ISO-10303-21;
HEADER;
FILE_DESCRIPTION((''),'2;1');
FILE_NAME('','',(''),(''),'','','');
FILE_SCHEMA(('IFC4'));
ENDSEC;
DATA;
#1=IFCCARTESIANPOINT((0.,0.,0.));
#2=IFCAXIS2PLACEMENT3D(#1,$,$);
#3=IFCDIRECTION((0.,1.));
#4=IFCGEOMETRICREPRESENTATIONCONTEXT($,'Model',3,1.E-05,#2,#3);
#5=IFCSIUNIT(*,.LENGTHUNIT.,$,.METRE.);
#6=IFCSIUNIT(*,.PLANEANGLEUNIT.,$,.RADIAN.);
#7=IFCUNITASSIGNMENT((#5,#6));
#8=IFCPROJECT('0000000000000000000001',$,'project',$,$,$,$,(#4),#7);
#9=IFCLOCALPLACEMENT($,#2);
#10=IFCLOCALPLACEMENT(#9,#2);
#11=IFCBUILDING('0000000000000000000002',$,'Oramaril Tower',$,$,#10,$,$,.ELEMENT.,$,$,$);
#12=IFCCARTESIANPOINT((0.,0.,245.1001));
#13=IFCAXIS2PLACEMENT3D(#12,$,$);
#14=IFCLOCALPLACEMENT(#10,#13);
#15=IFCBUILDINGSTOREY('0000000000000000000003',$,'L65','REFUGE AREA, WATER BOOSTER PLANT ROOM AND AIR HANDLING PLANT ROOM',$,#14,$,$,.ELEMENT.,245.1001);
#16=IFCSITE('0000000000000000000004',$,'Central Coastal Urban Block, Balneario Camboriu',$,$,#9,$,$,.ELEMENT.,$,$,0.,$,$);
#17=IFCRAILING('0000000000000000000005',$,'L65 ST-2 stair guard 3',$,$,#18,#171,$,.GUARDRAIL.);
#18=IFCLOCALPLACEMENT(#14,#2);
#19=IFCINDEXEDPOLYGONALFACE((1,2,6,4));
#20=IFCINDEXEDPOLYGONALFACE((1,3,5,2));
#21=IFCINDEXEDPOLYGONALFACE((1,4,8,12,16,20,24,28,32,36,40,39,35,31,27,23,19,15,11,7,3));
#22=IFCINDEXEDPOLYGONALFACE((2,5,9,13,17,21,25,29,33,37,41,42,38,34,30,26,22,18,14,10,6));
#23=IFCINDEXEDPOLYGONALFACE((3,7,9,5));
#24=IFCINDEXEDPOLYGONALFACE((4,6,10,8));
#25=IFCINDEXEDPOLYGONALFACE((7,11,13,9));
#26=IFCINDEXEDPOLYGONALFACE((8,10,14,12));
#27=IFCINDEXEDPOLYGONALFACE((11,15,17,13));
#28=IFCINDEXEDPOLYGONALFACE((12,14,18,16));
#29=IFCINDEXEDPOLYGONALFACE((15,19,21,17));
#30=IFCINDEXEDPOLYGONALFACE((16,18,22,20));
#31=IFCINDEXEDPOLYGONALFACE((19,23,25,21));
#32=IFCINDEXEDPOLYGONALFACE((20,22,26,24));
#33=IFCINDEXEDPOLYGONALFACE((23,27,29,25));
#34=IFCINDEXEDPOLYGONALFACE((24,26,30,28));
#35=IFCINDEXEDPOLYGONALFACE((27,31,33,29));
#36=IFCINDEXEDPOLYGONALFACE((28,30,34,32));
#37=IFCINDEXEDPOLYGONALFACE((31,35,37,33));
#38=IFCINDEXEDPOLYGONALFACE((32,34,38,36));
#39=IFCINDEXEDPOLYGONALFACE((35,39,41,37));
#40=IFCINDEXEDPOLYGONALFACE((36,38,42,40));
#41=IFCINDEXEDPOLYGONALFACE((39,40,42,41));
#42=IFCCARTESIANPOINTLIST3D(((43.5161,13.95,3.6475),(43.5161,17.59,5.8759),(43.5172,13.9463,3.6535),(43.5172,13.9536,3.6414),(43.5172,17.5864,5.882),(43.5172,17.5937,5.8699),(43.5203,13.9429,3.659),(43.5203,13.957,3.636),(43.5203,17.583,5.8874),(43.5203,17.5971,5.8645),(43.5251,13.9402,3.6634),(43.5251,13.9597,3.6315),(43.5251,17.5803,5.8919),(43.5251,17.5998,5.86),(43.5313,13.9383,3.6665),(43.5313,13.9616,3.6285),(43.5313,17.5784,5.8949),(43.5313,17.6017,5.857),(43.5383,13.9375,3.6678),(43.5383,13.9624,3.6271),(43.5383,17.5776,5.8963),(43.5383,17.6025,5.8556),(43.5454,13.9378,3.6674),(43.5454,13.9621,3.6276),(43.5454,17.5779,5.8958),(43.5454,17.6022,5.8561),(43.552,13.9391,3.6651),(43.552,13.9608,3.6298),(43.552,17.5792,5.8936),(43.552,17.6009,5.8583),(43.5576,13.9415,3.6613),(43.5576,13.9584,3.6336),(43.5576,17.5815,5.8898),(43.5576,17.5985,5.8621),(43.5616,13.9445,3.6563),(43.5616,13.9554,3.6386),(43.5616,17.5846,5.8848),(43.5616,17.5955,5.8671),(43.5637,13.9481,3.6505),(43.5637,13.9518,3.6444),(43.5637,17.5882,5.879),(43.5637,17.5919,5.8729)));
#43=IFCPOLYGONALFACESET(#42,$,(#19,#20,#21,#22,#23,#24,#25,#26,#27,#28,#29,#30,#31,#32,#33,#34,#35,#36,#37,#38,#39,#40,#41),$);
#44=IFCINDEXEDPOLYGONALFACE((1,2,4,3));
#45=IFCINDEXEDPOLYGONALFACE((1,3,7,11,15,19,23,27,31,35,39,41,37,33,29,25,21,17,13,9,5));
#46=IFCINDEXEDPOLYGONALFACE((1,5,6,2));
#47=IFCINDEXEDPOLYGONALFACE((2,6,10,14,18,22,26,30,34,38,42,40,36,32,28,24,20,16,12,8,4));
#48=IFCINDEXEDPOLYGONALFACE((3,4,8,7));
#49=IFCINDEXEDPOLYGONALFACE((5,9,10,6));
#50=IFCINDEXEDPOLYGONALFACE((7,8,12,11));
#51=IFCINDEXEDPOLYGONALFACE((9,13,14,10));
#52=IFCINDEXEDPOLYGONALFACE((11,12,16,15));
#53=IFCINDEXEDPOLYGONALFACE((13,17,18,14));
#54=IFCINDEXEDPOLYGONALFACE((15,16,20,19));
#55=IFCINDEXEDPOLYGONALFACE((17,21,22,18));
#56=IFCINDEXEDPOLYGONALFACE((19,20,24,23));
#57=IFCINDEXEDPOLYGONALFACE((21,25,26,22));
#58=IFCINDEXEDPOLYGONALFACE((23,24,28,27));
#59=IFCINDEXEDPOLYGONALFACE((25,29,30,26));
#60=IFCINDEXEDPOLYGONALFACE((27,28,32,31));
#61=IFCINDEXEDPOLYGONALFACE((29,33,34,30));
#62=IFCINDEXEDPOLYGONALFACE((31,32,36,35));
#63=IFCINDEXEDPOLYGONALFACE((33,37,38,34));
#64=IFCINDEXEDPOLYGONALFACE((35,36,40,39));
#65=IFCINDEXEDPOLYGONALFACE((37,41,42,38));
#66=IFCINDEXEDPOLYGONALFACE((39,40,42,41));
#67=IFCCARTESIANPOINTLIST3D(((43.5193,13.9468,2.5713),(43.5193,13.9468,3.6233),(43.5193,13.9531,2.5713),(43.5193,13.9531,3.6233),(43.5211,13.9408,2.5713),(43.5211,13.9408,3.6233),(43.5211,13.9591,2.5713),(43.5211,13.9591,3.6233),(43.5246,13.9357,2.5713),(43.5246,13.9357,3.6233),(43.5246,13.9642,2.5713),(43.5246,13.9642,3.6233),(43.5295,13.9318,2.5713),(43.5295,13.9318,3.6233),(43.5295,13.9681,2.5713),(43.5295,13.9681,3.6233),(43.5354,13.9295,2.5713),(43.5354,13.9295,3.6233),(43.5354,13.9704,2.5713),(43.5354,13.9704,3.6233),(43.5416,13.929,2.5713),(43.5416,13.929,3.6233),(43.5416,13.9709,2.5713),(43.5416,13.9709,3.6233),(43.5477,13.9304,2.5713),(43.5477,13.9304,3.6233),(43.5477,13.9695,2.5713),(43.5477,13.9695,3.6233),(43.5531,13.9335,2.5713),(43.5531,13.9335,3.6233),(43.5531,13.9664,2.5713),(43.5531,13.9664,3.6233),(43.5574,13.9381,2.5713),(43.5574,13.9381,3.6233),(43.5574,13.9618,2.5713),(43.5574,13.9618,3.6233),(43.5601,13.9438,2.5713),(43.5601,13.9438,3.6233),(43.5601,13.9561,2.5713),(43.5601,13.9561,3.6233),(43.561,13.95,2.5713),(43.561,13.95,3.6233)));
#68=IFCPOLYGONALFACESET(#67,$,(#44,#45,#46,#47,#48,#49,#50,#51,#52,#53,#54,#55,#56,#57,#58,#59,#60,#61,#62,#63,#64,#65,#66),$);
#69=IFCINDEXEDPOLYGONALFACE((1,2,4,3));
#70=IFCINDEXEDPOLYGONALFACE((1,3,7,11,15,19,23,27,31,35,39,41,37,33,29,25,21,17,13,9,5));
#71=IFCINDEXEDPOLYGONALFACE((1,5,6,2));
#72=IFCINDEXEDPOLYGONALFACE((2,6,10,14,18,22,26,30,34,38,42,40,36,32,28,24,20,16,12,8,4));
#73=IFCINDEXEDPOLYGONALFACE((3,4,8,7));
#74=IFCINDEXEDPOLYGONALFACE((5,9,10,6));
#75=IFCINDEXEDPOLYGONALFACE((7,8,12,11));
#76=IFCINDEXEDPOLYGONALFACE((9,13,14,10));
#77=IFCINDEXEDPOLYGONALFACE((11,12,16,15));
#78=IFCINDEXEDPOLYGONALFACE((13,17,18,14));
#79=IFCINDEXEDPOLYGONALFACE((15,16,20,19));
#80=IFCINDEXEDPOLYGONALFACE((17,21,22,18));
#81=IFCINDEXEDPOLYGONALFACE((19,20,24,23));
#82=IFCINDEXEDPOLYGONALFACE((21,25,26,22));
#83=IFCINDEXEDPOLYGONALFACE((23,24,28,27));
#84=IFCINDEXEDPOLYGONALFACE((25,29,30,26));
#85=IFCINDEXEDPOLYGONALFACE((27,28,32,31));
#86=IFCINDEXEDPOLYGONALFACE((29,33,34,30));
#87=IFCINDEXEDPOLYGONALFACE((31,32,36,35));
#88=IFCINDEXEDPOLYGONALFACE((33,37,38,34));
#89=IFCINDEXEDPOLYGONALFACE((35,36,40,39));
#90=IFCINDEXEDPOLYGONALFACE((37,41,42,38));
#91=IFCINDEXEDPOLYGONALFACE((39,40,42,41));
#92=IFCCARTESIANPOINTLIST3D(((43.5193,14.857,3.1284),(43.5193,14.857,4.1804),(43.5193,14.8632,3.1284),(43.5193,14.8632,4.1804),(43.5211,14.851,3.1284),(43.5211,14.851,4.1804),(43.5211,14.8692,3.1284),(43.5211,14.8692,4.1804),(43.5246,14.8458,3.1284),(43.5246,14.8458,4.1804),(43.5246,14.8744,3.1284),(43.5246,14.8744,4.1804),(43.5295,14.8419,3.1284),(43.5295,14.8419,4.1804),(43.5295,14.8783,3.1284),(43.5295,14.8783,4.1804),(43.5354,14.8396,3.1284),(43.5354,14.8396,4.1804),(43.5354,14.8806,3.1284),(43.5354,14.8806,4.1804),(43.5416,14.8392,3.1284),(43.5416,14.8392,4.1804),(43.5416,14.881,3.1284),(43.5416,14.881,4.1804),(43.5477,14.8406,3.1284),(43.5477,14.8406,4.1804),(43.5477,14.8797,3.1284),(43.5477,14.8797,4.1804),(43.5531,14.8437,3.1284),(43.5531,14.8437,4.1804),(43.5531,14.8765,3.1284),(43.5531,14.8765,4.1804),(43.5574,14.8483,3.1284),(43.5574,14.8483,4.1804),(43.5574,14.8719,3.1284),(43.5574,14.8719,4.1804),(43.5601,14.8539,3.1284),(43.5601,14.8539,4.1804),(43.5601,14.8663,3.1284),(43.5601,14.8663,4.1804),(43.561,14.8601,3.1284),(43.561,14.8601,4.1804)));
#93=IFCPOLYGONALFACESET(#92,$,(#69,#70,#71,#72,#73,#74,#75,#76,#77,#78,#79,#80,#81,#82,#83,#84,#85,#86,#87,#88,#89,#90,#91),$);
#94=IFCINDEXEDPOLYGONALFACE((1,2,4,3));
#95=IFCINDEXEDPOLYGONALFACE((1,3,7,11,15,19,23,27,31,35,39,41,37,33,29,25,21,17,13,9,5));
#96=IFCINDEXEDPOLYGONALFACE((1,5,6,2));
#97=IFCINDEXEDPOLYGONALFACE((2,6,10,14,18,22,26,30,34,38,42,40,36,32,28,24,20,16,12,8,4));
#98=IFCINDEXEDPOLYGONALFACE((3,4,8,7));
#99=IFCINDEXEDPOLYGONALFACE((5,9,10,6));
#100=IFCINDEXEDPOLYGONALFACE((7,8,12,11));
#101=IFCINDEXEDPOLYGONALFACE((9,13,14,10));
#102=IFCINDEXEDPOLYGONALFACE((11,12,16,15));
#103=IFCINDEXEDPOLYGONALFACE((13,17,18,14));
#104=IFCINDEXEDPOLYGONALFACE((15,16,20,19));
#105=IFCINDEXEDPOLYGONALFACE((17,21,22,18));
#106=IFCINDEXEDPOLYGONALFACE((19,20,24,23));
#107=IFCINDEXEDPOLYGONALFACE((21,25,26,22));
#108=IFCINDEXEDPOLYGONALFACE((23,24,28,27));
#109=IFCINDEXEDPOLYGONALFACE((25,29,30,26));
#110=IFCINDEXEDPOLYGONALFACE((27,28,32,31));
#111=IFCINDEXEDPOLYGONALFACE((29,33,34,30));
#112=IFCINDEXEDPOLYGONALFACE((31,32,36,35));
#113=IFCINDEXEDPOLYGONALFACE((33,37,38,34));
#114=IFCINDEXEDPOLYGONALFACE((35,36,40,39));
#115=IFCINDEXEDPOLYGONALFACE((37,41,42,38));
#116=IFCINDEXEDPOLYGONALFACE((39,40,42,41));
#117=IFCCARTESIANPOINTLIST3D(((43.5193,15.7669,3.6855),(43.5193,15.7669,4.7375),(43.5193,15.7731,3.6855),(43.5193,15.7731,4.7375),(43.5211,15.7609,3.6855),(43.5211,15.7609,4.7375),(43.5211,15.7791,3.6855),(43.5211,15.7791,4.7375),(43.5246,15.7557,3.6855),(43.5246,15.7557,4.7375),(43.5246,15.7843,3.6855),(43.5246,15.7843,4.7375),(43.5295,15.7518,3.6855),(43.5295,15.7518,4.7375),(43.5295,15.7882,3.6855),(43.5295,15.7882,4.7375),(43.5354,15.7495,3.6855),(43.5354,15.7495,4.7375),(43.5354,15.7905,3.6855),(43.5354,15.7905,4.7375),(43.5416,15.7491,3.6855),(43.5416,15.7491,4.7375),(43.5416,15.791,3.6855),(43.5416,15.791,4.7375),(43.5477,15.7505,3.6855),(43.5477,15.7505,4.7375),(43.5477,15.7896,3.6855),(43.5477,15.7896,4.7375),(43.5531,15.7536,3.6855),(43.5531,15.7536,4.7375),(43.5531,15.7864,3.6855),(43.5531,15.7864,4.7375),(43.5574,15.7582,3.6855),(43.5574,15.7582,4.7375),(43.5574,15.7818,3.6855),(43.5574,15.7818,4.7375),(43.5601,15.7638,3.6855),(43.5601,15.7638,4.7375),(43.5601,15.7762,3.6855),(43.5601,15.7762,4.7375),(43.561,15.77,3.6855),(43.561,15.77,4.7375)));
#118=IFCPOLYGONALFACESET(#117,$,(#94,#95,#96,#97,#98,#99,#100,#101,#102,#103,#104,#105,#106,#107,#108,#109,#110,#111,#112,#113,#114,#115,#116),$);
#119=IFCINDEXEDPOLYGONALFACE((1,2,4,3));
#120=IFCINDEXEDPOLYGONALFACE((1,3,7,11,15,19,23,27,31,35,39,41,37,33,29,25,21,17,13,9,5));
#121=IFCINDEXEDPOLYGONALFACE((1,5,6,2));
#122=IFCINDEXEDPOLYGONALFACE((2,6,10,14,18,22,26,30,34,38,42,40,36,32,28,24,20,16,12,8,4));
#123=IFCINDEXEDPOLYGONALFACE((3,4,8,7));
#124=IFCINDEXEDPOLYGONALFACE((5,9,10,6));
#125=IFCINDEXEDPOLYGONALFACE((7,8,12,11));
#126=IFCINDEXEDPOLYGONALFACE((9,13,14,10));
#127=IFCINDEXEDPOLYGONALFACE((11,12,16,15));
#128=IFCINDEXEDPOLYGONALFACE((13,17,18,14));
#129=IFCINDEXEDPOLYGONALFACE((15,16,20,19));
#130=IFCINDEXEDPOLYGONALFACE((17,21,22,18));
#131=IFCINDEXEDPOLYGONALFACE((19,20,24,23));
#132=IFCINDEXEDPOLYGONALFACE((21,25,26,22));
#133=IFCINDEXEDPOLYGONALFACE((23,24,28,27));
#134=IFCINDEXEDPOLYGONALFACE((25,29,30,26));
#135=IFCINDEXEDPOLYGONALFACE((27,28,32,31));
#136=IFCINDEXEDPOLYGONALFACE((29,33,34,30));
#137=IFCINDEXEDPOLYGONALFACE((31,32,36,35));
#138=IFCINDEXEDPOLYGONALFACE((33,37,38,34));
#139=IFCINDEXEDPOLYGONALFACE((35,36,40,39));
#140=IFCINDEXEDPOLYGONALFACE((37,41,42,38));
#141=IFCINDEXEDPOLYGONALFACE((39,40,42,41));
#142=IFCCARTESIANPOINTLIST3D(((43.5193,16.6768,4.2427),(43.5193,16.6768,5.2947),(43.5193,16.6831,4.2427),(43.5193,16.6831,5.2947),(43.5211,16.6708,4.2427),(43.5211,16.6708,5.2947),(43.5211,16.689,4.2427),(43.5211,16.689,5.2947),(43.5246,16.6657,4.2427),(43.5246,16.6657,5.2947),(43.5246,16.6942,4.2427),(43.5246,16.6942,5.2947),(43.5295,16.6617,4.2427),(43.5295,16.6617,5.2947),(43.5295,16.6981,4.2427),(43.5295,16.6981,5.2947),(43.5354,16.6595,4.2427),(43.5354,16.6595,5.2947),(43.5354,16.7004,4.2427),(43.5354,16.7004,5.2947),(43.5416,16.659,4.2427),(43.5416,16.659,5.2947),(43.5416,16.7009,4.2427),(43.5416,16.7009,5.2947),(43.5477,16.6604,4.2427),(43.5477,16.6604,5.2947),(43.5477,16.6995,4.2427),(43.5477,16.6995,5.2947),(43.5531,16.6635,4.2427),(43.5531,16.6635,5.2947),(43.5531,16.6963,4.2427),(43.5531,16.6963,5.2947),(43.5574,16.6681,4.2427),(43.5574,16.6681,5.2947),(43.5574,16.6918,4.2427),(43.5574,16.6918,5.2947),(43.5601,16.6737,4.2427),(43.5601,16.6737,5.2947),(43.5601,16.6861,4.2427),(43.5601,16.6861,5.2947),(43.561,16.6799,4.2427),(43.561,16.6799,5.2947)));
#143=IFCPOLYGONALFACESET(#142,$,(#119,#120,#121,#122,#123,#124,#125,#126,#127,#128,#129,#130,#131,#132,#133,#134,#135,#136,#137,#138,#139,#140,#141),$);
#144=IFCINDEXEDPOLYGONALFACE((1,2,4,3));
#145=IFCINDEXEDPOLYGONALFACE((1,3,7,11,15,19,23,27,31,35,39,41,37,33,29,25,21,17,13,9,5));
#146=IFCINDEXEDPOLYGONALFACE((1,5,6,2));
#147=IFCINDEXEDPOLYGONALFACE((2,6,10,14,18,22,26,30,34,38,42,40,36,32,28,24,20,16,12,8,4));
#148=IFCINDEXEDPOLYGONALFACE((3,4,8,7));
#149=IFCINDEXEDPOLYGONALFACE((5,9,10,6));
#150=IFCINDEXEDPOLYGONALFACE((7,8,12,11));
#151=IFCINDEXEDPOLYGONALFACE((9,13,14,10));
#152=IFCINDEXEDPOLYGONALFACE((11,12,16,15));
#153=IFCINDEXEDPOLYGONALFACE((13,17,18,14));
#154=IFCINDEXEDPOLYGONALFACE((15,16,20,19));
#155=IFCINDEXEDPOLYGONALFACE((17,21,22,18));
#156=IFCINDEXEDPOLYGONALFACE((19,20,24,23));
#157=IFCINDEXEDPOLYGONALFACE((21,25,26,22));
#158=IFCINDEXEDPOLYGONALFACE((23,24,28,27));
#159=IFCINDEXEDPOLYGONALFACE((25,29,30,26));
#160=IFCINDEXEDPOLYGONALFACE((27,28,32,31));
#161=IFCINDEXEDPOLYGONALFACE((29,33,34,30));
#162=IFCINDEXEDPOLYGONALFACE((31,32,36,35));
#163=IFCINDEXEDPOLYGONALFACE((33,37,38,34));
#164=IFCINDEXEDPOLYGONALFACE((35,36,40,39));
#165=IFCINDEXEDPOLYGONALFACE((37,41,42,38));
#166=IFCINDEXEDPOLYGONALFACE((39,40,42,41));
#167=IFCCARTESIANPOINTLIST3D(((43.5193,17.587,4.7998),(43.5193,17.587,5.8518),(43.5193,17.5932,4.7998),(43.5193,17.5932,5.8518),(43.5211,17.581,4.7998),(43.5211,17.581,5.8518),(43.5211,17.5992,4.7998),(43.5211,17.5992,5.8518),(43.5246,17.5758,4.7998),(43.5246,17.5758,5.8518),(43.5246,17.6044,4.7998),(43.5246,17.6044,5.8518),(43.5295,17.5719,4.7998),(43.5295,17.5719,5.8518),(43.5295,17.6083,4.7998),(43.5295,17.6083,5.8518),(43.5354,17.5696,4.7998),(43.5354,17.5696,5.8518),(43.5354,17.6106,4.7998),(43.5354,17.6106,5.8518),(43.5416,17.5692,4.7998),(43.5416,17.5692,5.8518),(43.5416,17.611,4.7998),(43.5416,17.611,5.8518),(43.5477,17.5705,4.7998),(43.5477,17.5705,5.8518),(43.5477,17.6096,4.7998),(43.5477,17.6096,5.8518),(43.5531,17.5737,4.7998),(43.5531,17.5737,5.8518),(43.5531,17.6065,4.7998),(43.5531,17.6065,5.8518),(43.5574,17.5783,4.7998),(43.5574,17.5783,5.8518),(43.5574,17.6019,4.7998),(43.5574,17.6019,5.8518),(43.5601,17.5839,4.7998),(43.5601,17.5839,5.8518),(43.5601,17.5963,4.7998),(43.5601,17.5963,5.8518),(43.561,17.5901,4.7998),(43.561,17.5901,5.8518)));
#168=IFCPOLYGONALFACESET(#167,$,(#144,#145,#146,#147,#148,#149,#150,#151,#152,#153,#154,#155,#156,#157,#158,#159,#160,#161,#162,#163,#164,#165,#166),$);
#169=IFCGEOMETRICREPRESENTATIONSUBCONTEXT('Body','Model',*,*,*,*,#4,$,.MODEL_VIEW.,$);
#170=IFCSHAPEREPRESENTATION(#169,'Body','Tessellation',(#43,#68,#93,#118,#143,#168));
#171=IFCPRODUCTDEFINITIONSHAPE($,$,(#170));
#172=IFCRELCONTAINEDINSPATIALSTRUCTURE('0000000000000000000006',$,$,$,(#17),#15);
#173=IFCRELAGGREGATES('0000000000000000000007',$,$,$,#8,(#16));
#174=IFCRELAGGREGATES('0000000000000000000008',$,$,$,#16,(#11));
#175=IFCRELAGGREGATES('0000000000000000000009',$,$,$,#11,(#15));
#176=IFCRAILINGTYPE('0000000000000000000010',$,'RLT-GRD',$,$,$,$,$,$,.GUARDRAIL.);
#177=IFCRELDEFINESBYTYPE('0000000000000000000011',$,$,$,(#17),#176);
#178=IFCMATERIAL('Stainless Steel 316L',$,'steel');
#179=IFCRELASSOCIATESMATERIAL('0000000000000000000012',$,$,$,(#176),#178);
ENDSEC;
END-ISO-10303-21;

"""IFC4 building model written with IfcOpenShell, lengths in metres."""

from ifc_helpers import new_model, si_unit, direction, frame, origin, origin_2d, place, context, subcontext, project, spatial, circle, extrude, material, type_object, element, save


model = new_model("IFC4")

# Units and contexts
model_context = context("Model", 3, precision=1e-05, world=origin(), true_north=direction((0.0, 1.0)))
body_context = subcontext(model_context, "Body", "Model", "MODEL_VIEW")
ifc_project = project(units=[si_unit("LENGTHUNIT", "METRE"), si_unit("PLANEANGLEUNIT", "RADIAN")], contexts=[model_context])

# Site, building, storey
site_placement = place(None, origin())
site = spatial("IfcSite", under=ifc_project, at=site_placement, Name="Central Coastal Urban Block, Balneario Camboriu", CompositionType="ELEMENT", RefElevation=0.0)
building_placement = place(site_placement, origin())
building = spatial("IfcBuilding", under=site, at=building_placement, Name="Oramaril Tower", CompositionType="ELEMENT")
storey_placement = place(building_placement, frame((0.0, 0.0, 245.1001)))
storey = spatial("IfcBuildingStorey", under=building, at=storey_placement, Name="L65", Description="REFUGE AREA, WATER BOOSTER PLANT ROOM AND AIR HANDLING PLANT ROOM", CompositionType="ELEMENT", Elevation=245.1001)

# Railing
ifc_material_1 = material(Name="Stainless Steel 316L", Category="steel")
railing_type = type_object("IfcRailingType", Name="RLT-GRD", PredefinedType="GUARDRAIL", material=ifc_material_1)
railing_1_placement = place(storey_placement, frame((43.54, 13.95, 2.5713)))
element("IfcRailing", 1, at=railing_1_placement, inside=storey, type_object=railing_type, Name="L65 ST-2 stair guard 3", PredefinedType="GUARDRAIL", context=body_context, shape_type="SweptSolid", body=[
    extrude(circle(Radius=0.0239, at=origin_2d()), frame((0.0, 0.0, 1.0762), z_axis=(0.0, 0.852866, 0.52213), x_axis=(-1.0, 0.0, 0.0)), (0.0, 0.0, 1.0), 4.2681),
    extrude(circle(Radius=0.021, at=origin_2d()), origin(), (0.0, 0.0, 1.0), 1.052),
    extrude(circle(Radius=0.021, at=origin_2d()), frame((0.0, 0.9102, 0.5571)), (0.0, 0.0, 1.0), 1.052),
    extrude(circle(Radius=0.021, at=origin_2d()), frame((0.0, 1.8201, 1.1143)), (0.0, 0.0, 1.0), 1.052),
    extrude(circle(Radius=0.021, at=origin_2d()), frame((0.0, 2.73, 1.6714)), (0.0, 0.0, 1.0), 1.052),
    extrude(circle(Radius=0.021, at=origin_2d()), frame((0.0, 3.6401, 2.2285)), (0.0, 0.0, 1.0), 1.052),
])

save(model, "model.ifc")
